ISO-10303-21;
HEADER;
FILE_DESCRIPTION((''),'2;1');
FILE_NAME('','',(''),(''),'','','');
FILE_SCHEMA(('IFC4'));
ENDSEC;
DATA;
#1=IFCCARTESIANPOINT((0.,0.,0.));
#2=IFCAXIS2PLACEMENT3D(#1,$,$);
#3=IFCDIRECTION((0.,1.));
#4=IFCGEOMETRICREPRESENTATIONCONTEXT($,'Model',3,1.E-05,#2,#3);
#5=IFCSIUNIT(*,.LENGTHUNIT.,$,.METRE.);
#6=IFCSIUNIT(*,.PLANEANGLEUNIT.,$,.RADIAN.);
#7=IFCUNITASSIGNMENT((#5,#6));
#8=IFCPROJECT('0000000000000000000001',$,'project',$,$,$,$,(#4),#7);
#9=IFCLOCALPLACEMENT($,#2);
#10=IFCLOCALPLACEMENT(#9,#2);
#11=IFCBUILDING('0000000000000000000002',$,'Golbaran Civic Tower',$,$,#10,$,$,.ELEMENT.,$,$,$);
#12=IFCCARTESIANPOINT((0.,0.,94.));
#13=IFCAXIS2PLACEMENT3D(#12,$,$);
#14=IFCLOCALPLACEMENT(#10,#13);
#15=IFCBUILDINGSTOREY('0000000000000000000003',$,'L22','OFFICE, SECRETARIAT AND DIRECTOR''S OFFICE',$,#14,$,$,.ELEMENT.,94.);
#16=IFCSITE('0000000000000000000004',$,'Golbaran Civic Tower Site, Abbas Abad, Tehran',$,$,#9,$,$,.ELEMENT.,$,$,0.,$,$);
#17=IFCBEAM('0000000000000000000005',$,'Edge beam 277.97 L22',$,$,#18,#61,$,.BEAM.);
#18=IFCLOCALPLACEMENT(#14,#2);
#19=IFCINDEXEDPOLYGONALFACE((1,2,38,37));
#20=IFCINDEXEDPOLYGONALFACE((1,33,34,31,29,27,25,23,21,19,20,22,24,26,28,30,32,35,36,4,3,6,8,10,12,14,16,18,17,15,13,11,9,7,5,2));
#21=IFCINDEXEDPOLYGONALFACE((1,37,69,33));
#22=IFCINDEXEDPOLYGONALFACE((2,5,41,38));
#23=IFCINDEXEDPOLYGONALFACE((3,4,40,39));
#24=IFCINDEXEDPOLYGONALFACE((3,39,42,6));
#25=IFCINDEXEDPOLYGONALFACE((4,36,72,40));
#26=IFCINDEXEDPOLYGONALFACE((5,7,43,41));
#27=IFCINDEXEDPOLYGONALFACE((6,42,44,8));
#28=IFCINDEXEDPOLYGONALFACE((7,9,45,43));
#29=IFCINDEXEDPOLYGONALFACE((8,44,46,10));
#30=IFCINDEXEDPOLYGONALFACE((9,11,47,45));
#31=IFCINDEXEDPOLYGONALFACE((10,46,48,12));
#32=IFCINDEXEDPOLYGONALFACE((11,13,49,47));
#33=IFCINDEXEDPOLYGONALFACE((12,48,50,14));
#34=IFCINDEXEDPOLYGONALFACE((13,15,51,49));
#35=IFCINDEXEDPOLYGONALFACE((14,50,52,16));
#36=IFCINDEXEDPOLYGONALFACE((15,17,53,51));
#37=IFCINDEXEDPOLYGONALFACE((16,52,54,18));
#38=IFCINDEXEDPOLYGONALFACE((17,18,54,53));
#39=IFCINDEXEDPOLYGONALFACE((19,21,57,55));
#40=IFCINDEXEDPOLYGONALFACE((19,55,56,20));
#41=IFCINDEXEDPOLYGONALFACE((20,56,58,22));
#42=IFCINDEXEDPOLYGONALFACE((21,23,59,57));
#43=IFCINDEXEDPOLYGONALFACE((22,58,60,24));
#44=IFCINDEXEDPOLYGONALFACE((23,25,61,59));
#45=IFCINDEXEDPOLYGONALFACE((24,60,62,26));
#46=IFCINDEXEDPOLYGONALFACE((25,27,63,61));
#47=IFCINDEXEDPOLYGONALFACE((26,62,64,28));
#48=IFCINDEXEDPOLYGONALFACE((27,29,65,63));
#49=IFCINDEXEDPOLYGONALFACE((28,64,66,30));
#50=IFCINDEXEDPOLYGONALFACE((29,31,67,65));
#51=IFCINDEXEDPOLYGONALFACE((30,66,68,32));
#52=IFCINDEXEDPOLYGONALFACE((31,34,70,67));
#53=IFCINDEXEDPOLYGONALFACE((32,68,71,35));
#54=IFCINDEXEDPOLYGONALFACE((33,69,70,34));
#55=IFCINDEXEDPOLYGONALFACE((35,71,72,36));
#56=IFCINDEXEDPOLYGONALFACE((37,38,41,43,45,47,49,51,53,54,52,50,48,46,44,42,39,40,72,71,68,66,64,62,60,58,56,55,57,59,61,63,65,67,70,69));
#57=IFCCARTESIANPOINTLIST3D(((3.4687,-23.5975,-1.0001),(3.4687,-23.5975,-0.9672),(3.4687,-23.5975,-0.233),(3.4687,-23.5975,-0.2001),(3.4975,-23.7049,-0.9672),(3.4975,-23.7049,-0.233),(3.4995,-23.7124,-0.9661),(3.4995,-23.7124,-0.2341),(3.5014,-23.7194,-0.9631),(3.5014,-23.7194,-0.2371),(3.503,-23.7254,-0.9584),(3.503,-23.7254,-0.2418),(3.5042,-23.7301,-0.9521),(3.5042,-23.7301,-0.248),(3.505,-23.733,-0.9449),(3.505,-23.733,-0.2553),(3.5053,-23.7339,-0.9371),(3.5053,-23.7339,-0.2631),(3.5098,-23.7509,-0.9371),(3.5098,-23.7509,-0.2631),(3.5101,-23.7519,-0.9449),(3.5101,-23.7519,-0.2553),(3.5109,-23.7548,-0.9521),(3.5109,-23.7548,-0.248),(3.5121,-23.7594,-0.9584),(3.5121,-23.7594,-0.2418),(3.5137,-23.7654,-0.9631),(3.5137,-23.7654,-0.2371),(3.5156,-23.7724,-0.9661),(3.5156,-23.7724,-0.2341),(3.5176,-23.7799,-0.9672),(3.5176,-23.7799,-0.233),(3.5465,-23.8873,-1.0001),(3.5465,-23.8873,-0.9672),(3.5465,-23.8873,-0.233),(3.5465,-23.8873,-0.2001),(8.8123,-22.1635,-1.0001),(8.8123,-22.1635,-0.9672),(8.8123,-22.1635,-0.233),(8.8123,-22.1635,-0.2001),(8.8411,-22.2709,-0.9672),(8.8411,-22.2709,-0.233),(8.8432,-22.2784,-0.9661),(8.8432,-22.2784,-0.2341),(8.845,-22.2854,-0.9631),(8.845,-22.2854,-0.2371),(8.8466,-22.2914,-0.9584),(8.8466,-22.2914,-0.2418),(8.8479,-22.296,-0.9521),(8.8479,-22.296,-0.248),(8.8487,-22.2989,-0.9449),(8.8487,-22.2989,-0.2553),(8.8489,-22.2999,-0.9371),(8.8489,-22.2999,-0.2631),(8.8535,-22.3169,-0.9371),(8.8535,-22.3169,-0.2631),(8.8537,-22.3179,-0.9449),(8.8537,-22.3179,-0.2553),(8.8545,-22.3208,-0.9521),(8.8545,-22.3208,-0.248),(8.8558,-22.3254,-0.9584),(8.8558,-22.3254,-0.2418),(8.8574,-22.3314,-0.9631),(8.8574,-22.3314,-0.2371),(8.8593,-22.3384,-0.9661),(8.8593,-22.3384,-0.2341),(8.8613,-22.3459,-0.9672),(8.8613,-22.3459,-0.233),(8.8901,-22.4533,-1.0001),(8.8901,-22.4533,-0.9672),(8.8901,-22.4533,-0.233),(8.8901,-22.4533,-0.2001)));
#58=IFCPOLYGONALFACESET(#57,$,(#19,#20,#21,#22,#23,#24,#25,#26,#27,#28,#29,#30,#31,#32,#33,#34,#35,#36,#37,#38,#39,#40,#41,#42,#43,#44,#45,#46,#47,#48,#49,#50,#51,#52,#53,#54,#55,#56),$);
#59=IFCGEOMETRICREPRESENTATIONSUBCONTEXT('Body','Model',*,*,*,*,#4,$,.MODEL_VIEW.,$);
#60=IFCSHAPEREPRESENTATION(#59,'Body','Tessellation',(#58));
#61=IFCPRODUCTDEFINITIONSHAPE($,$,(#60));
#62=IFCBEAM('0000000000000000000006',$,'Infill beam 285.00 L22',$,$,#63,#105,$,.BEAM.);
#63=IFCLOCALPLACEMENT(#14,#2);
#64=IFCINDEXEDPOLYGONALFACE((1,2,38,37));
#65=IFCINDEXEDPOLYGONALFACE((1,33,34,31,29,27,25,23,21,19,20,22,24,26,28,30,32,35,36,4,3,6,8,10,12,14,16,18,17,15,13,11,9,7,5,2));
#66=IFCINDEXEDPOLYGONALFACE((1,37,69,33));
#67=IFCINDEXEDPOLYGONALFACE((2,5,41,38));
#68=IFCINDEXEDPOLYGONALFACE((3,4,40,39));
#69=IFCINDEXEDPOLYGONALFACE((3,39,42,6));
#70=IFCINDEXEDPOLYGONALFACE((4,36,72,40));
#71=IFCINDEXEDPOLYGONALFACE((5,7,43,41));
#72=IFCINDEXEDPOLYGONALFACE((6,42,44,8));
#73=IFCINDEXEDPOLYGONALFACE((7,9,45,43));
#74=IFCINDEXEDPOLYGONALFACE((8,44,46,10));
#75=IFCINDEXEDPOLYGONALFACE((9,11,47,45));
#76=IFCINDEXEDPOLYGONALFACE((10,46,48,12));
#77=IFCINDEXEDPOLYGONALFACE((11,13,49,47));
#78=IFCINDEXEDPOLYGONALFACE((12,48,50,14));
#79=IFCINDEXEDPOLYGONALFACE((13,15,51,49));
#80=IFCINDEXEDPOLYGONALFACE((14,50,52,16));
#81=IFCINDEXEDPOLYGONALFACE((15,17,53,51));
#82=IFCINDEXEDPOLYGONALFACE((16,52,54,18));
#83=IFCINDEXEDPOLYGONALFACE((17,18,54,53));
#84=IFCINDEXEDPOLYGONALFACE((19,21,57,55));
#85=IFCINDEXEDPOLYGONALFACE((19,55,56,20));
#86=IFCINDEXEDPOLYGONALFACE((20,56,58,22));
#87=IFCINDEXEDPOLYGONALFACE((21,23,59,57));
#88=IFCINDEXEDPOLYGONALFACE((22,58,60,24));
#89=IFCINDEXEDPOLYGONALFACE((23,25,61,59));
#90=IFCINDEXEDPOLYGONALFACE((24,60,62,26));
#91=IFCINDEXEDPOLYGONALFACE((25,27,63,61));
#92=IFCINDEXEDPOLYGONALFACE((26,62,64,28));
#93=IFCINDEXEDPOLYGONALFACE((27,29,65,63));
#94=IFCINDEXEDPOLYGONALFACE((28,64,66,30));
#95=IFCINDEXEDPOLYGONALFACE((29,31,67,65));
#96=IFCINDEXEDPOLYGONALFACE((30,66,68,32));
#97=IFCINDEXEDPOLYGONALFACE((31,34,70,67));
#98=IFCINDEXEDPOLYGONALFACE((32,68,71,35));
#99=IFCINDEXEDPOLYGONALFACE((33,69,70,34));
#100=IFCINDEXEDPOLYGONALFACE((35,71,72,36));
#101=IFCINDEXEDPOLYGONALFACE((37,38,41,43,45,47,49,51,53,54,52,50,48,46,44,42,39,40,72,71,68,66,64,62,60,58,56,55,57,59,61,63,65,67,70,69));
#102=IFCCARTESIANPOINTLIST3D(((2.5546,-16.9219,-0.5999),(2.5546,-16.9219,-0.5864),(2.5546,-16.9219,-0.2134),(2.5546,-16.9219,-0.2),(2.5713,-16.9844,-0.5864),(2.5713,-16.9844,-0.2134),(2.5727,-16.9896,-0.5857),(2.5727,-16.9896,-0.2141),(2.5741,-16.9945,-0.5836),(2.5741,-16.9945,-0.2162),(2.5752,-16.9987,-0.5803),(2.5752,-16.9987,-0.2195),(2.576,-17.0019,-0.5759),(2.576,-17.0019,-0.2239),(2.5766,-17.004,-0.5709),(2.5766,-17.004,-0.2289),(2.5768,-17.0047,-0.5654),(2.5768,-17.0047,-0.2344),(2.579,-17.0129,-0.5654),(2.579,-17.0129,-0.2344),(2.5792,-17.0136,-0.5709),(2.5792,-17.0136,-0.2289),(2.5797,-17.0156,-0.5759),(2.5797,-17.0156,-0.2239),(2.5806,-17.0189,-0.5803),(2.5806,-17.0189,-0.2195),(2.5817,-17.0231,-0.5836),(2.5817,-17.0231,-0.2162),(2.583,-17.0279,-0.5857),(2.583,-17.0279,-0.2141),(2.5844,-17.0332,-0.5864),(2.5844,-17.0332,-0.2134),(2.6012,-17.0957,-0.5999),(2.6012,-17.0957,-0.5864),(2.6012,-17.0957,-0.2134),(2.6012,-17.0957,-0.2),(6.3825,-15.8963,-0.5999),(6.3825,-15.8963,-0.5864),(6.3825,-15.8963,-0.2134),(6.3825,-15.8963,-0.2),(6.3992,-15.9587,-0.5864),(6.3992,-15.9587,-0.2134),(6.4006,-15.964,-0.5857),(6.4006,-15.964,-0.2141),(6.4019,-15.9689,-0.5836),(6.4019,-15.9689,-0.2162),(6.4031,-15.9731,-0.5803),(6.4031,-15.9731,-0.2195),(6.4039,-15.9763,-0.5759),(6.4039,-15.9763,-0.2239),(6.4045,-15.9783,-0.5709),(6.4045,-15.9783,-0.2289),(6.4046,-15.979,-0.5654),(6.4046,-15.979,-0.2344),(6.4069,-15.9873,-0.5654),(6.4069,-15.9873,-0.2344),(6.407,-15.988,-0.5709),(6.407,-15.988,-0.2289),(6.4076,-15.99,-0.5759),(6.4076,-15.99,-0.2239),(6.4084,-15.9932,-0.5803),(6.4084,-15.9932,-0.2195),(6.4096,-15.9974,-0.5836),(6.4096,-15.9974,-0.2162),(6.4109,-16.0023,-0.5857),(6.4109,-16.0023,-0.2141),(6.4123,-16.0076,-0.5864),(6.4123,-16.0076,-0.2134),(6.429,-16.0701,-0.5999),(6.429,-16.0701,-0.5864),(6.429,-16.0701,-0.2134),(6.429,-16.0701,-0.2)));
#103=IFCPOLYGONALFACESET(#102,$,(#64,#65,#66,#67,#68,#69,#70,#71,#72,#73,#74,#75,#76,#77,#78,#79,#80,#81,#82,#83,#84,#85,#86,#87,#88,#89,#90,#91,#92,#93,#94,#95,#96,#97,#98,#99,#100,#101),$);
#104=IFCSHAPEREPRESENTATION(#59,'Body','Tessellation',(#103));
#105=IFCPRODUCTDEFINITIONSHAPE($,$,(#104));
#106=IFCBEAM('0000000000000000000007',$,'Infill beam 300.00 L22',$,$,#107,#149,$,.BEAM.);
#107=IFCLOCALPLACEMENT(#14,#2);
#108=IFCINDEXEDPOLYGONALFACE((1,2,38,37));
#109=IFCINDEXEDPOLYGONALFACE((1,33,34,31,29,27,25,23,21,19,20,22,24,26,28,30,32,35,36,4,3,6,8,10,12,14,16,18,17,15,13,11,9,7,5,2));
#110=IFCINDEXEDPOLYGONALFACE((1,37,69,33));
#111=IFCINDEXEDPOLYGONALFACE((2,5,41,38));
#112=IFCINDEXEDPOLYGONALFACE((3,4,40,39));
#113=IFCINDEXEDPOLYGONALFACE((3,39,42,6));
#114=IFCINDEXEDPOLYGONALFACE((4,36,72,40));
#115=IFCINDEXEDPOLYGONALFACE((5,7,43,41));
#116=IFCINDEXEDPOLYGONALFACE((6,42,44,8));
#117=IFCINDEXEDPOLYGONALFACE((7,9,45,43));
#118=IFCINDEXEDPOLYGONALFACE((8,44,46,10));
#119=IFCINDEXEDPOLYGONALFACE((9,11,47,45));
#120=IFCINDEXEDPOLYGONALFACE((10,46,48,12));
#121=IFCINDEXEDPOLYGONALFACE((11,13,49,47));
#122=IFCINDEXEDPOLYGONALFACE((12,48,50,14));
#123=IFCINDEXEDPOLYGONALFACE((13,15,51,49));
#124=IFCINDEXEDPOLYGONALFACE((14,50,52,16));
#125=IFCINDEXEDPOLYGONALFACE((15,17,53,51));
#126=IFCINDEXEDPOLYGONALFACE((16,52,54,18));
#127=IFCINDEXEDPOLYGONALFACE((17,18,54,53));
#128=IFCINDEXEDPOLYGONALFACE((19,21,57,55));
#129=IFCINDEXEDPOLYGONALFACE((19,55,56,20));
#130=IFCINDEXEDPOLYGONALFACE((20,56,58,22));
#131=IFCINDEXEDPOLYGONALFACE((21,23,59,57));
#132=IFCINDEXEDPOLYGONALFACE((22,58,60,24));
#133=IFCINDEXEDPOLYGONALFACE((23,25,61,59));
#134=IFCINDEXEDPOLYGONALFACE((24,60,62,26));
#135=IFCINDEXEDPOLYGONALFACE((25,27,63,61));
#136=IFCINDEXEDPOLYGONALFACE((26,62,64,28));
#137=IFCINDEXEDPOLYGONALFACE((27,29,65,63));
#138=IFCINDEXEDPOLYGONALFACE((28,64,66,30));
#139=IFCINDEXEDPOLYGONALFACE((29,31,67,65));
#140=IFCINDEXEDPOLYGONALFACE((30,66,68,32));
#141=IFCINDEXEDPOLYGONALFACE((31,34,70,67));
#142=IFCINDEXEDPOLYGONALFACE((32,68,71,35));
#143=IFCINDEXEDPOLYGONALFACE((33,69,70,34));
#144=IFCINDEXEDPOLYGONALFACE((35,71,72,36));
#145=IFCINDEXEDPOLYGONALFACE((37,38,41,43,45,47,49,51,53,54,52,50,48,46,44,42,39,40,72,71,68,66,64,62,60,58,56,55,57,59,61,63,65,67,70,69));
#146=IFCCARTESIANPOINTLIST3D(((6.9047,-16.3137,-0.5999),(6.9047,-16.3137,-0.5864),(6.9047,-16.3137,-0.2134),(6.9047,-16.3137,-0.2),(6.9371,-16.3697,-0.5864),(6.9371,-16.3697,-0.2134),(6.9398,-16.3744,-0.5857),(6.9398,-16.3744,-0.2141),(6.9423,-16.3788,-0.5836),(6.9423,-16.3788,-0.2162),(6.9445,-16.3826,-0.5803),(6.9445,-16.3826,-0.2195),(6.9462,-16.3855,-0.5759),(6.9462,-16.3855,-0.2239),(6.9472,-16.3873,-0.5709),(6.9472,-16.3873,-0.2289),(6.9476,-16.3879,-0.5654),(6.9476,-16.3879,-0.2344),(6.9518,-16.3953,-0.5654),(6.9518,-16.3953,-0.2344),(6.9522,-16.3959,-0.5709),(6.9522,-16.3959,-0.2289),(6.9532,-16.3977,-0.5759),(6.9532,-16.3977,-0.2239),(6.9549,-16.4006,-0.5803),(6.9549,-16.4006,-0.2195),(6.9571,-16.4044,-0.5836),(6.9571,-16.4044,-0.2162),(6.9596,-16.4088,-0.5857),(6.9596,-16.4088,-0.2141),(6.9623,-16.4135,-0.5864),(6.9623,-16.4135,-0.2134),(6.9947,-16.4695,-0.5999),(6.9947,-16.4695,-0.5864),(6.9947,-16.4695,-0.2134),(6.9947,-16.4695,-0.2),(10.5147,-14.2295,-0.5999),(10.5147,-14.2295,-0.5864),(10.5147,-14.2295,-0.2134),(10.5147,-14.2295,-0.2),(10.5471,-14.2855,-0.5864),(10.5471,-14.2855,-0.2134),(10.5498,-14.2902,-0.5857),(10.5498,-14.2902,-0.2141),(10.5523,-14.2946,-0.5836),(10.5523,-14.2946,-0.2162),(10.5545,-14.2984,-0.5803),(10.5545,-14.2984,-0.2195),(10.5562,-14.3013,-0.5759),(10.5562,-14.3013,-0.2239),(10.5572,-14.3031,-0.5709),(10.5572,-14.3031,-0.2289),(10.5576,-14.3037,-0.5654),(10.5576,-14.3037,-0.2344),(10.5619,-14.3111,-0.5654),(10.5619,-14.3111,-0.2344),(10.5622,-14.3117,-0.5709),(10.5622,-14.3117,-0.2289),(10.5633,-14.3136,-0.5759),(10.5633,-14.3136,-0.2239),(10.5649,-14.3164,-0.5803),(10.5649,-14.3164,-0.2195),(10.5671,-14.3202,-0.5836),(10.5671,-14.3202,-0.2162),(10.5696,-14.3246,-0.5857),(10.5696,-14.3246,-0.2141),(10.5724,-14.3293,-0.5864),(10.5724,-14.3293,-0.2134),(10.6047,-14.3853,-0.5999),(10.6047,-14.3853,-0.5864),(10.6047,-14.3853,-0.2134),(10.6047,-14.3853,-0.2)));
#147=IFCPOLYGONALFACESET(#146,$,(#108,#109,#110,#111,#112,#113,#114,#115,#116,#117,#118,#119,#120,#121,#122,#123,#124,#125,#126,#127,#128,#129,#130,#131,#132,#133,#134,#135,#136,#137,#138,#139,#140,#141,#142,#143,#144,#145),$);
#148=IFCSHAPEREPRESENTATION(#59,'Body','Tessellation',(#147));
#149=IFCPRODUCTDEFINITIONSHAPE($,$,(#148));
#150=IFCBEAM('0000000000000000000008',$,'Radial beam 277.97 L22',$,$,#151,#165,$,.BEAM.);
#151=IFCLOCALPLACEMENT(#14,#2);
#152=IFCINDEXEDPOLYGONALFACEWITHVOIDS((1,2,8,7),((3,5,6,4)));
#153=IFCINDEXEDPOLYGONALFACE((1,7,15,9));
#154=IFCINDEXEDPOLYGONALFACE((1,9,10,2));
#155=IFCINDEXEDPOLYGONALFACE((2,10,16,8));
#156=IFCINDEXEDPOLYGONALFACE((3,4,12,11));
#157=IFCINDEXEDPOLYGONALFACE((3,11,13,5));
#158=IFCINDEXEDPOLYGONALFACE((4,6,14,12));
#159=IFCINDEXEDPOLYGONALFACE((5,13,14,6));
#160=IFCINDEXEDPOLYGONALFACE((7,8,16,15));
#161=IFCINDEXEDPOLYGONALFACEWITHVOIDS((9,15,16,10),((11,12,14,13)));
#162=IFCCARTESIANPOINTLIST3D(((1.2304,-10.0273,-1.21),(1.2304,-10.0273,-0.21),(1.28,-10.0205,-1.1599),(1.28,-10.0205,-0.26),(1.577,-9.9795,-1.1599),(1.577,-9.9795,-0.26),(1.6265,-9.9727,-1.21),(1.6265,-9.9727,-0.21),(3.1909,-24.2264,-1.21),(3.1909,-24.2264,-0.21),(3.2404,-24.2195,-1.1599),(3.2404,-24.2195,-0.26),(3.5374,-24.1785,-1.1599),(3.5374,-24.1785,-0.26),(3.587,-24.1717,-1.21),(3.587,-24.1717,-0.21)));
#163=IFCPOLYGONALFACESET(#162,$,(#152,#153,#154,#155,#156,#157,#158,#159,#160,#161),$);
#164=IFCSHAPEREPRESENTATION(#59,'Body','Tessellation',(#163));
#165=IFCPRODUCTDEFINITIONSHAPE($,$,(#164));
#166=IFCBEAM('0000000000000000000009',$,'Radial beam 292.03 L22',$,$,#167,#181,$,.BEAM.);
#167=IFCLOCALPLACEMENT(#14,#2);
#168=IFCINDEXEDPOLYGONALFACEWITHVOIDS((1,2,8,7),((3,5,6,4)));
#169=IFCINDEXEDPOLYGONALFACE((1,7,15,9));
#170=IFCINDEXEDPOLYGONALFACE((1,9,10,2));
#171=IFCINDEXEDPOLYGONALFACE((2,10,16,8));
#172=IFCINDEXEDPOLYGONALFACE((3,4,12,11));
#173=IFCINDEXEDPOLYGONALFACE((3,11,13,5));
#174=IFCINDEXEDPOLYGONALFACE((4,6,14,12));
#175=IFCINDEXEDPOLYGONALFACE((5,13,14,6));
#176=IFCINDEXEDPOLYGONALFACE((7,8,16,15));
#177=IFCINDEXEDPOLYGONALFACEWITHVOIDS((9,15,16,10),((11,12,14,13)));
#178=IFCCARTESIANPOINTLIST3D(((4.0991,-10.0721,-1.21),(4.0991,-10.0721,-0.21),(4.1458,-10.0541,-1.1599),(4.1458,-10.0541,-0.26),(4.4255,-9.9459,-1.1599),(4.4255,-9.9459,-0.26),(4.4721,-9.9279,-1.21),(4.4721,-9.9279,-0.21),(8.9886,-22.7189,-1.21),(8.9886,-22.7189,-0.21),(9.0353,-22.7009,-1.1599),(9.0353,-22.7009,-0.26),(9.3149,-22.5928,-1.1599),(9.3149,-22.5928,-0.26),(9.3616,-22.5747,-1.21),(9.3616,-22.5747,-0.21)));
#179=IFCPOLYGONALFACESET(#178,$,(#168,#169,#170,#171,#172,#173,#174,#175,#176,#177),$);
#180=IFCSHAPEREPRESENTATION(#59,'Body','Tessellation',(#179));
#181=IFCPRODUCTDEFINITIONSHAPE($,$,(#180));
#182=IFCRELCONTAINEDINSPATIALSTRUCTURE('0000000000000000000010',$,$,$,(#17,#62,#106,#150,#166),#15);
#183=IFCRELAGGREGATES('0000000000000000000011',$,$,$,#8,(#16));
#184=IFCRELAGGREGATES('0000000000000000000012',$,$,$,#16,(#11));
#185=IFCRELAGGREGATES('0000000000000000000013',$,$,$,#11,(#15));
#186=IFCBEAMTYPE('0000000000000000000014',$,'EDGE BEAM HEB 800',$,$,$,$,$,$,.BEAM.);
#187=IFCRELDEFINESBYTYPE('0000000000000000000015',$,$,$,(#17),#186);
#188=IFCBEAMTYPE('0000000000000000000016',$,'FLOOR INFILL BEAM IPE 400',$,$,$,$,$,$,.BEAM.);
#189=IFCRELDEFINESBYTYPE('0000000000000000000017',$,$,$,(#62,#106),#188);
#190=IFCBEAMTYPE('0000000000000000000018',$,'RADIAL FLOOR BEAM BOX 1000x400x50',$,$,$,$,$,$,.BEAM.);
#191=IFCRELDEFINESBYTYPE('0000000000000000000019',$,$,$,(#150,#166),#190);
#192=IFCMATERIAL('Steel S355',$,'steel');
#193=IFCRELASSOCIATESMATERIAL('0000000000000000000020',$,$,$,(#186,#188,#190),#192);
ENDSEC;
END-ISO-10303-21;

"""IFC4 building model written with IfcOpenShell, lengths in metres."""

from ifc_helpers import new_model, si_unit, direction, frame, origin, origin_2d, place, context, subcontext, project, spatial, hollow_rectangle, i_section, extrude, material, material_profile, profile_set, type_object, element, save


model = new_model("IFC4")

# Units and contexts
model_context = context("Model", 3, precision=1e-05, world=origin(), true_north=direction((0.0, 1.0)))
body_context = subcontext(model_context, "Body", "Model", "MODEL_VIEW")
ifc_project = project(units=[si_unit("LENGTHUNIT", "METRE"), si_unit("PLANEANGLEUNIT", "RADIAN")], contexts=[model_context])

# Site, building, storey
site_placement = place(None, origin())
site = spatial("IfcSite", under=ifc_project, at=site_placement, Name="Golbaran Civic Tower Site, Abbas Abad, Tehran", CompositionType="ELEMENT", RefElevation=0.0)
building_placement = place(site_placement, origin())
building = spatial("IfcBuilding", under=site, at=building_placement, Name="Golbaran Civic Tower", CompositionType="ELEMENT")
storey_placement = place(building_placement, frame((0.0, 0.0, 94.0)))
storey = spatial("IfcBuildingStorey", under=building, at=storey_placement, Name="L22", Description="OFFICE, SECRETARIAT AND DIRECTOR'S OFFICE", CompositionType="ELEMENT", Elevation=94.0)

# Beams
ifc_material_1 = material(Name="Steel S355", Category="steel")
ifc_material_profile_1 = material_profile(ifc_material_1, i_section(OverallWidth=0.3, OverallDepth=0.8, WebThickness=0.0176, FlangeThickness=0.033, FilletRadius=0.03, at=origin_2d()), Name="HEB 800")
ifc_profile_set_1 = profile_set([ifc_material_profile_1], Name="Steel S355")
beam_type_1 = type_object("IfcBeamType", Name="EDGE BEAM HEB 800", PredefinedType="BEAM", material=ifc_profile_set_1)
beam_1_placement = place(storey_placement, frame((3.5076, -23.7424, -0.6001), z_axis=(0.965825, 0.259195, 0.0), x_axis=(-0.259195, 0.965825, 0.0)))
element("IfcBeam", 1, at=beam_1_placement, inside=storey, type_object=beam_type_1, Name="Edge beam 277.97 L22", PredefinedType="BEAM", context=body_context, shape_type="SweptSolid", body=[
    extrude(i_section(OverallWidth=0.3, OverallDepth=0.8, WebThickness=0.0176, FlangeThickness=0.033, FilletRadius=0.03, at=origin_2d()), origin(), (0.0, 0.0, 1.0), 5.5327),
])
ifc_material_profile_2 = material_profile(ifc_material_1, i_section(OverallWidth=0.1799, OverallDepth=0.3999, WebThickness=0.0085, FlangeThickness=0.0134, FilletRadius=0.021, at=origin_2d()), Name="IPE 400")
ifc_profile_set_2 = profile_set([ifc_material_profile_2], Name="Steel S355")
beam_type_2 = type_object("IfcBeamType", Name="FLOOR INFILL BEAM IPE 400", PredefinedType="BEAM", material=ifc_profile_set_2)
beam_2_placement = place(storey_placement, frame((2.5779, -17.0088, -0.3999), z_axis=(0.965929, 0.258809, 0.0), x_axis=(-0.258809, 0.965929, 0.0)))
element("IfcBeam", 2, at=beam_2_placement, inside=storey, type_object=beam_type_2, Name="Infill beam 285.00 L22", PredefinedType="BEAM", context=body_context, shape_type="SweptSolid", body=[
    extrude(i_section(OverallWidth=0.1799, OverallDepth=0.3999, WebThickness=0.0085, FlangeThickness=0.0134, FilletRadius=0.021, at=origin_2d()), origin(), (0.0, 0.0, 1.0), 3.9629),
])
beam_3_placement = place(storey_placement, frame((6.9497, -16.3916, -0.3999), z_axis=(0.866032, 0.499988, 0.0), x_axis=(-0.499988, 0.866032, 0.0)))
element("IfcBeam", 3, at=beam_3_placement, inside=storey, type_object=beam_type_2, Name="Infill beam 300.00 L22", PredefinedType="BEAM", context=body_context, shape_type="SweptSolid", body=[
    extrude(i_section(OverallWidth=0.1799, OverallDepth=0.3999, WebThickness=0.0085, FlangeThickness=0.0134, FilletRadius=0.021, at=origin_2d()), origin(), (0.0, 0.0, 1.0), 4.1685),
])
ifc_material_profile_3 = material_profile(ifc_material_1, hollow_rectangle(XDim=0.3999, YDim=1.0, WallThickness=0.05, at=origin_2d()), Name="BOX 1000x400x50")
ifc_profile_set_3 = profile_set([ifc_material_profile_3], Name="Steel S355")
beam_type_3 = type_object("IfcBeamType", Name="RADIAL FLOOR BEAM BOX 1000x400x50", PredefinedType="BEAM", material=ifc_profile_set_3)
beam_4_placement = place(storey_placement, frame((1.4285, -10.0, -0.71), z_axis=(0.136772, -0.990603, 0.0), x_axis=(0.990603, 0.136772, 0.0)))
element("IfcBeam", 4, at=beam_4_placement, inside=storey, type_object=beam_type_3, Name="Radial beam 277.97 L22", PredefinedType="BEAM", context=body_context, shape_type="SweptSolid", body=[
    extrude(hollow_rectangle(XDim=0.3999, YDim=1.0, WallThickness=0.05, at=origin_2d()), origin(), (0.0, 0.0, 1.0), 14.3337),
])
beam_5_placement = place(storey_placement, frame((4.2856, -10.0, -0.71), z_axis=(0.360603, -0.93272, 0.0), x_axis=(0.93272, 0.360603, 0.0)))
element("IfcBeam", 5, at=beam_5_placement, inside=storey, type_object=beam_type_3, Name="Radial beam 292.03 L22", PredefinedType="BEAM", context=body_context, shape_type="SweptSolid", body=[
    extrude(hollow_rectangle(XDim=0.3999, YDim=1.0, WallThickness=0.05, at=origin_2d()), origin(), (0.0, 0.0, 1.0), 13.5591),
])

save(model, "model.ifc")
